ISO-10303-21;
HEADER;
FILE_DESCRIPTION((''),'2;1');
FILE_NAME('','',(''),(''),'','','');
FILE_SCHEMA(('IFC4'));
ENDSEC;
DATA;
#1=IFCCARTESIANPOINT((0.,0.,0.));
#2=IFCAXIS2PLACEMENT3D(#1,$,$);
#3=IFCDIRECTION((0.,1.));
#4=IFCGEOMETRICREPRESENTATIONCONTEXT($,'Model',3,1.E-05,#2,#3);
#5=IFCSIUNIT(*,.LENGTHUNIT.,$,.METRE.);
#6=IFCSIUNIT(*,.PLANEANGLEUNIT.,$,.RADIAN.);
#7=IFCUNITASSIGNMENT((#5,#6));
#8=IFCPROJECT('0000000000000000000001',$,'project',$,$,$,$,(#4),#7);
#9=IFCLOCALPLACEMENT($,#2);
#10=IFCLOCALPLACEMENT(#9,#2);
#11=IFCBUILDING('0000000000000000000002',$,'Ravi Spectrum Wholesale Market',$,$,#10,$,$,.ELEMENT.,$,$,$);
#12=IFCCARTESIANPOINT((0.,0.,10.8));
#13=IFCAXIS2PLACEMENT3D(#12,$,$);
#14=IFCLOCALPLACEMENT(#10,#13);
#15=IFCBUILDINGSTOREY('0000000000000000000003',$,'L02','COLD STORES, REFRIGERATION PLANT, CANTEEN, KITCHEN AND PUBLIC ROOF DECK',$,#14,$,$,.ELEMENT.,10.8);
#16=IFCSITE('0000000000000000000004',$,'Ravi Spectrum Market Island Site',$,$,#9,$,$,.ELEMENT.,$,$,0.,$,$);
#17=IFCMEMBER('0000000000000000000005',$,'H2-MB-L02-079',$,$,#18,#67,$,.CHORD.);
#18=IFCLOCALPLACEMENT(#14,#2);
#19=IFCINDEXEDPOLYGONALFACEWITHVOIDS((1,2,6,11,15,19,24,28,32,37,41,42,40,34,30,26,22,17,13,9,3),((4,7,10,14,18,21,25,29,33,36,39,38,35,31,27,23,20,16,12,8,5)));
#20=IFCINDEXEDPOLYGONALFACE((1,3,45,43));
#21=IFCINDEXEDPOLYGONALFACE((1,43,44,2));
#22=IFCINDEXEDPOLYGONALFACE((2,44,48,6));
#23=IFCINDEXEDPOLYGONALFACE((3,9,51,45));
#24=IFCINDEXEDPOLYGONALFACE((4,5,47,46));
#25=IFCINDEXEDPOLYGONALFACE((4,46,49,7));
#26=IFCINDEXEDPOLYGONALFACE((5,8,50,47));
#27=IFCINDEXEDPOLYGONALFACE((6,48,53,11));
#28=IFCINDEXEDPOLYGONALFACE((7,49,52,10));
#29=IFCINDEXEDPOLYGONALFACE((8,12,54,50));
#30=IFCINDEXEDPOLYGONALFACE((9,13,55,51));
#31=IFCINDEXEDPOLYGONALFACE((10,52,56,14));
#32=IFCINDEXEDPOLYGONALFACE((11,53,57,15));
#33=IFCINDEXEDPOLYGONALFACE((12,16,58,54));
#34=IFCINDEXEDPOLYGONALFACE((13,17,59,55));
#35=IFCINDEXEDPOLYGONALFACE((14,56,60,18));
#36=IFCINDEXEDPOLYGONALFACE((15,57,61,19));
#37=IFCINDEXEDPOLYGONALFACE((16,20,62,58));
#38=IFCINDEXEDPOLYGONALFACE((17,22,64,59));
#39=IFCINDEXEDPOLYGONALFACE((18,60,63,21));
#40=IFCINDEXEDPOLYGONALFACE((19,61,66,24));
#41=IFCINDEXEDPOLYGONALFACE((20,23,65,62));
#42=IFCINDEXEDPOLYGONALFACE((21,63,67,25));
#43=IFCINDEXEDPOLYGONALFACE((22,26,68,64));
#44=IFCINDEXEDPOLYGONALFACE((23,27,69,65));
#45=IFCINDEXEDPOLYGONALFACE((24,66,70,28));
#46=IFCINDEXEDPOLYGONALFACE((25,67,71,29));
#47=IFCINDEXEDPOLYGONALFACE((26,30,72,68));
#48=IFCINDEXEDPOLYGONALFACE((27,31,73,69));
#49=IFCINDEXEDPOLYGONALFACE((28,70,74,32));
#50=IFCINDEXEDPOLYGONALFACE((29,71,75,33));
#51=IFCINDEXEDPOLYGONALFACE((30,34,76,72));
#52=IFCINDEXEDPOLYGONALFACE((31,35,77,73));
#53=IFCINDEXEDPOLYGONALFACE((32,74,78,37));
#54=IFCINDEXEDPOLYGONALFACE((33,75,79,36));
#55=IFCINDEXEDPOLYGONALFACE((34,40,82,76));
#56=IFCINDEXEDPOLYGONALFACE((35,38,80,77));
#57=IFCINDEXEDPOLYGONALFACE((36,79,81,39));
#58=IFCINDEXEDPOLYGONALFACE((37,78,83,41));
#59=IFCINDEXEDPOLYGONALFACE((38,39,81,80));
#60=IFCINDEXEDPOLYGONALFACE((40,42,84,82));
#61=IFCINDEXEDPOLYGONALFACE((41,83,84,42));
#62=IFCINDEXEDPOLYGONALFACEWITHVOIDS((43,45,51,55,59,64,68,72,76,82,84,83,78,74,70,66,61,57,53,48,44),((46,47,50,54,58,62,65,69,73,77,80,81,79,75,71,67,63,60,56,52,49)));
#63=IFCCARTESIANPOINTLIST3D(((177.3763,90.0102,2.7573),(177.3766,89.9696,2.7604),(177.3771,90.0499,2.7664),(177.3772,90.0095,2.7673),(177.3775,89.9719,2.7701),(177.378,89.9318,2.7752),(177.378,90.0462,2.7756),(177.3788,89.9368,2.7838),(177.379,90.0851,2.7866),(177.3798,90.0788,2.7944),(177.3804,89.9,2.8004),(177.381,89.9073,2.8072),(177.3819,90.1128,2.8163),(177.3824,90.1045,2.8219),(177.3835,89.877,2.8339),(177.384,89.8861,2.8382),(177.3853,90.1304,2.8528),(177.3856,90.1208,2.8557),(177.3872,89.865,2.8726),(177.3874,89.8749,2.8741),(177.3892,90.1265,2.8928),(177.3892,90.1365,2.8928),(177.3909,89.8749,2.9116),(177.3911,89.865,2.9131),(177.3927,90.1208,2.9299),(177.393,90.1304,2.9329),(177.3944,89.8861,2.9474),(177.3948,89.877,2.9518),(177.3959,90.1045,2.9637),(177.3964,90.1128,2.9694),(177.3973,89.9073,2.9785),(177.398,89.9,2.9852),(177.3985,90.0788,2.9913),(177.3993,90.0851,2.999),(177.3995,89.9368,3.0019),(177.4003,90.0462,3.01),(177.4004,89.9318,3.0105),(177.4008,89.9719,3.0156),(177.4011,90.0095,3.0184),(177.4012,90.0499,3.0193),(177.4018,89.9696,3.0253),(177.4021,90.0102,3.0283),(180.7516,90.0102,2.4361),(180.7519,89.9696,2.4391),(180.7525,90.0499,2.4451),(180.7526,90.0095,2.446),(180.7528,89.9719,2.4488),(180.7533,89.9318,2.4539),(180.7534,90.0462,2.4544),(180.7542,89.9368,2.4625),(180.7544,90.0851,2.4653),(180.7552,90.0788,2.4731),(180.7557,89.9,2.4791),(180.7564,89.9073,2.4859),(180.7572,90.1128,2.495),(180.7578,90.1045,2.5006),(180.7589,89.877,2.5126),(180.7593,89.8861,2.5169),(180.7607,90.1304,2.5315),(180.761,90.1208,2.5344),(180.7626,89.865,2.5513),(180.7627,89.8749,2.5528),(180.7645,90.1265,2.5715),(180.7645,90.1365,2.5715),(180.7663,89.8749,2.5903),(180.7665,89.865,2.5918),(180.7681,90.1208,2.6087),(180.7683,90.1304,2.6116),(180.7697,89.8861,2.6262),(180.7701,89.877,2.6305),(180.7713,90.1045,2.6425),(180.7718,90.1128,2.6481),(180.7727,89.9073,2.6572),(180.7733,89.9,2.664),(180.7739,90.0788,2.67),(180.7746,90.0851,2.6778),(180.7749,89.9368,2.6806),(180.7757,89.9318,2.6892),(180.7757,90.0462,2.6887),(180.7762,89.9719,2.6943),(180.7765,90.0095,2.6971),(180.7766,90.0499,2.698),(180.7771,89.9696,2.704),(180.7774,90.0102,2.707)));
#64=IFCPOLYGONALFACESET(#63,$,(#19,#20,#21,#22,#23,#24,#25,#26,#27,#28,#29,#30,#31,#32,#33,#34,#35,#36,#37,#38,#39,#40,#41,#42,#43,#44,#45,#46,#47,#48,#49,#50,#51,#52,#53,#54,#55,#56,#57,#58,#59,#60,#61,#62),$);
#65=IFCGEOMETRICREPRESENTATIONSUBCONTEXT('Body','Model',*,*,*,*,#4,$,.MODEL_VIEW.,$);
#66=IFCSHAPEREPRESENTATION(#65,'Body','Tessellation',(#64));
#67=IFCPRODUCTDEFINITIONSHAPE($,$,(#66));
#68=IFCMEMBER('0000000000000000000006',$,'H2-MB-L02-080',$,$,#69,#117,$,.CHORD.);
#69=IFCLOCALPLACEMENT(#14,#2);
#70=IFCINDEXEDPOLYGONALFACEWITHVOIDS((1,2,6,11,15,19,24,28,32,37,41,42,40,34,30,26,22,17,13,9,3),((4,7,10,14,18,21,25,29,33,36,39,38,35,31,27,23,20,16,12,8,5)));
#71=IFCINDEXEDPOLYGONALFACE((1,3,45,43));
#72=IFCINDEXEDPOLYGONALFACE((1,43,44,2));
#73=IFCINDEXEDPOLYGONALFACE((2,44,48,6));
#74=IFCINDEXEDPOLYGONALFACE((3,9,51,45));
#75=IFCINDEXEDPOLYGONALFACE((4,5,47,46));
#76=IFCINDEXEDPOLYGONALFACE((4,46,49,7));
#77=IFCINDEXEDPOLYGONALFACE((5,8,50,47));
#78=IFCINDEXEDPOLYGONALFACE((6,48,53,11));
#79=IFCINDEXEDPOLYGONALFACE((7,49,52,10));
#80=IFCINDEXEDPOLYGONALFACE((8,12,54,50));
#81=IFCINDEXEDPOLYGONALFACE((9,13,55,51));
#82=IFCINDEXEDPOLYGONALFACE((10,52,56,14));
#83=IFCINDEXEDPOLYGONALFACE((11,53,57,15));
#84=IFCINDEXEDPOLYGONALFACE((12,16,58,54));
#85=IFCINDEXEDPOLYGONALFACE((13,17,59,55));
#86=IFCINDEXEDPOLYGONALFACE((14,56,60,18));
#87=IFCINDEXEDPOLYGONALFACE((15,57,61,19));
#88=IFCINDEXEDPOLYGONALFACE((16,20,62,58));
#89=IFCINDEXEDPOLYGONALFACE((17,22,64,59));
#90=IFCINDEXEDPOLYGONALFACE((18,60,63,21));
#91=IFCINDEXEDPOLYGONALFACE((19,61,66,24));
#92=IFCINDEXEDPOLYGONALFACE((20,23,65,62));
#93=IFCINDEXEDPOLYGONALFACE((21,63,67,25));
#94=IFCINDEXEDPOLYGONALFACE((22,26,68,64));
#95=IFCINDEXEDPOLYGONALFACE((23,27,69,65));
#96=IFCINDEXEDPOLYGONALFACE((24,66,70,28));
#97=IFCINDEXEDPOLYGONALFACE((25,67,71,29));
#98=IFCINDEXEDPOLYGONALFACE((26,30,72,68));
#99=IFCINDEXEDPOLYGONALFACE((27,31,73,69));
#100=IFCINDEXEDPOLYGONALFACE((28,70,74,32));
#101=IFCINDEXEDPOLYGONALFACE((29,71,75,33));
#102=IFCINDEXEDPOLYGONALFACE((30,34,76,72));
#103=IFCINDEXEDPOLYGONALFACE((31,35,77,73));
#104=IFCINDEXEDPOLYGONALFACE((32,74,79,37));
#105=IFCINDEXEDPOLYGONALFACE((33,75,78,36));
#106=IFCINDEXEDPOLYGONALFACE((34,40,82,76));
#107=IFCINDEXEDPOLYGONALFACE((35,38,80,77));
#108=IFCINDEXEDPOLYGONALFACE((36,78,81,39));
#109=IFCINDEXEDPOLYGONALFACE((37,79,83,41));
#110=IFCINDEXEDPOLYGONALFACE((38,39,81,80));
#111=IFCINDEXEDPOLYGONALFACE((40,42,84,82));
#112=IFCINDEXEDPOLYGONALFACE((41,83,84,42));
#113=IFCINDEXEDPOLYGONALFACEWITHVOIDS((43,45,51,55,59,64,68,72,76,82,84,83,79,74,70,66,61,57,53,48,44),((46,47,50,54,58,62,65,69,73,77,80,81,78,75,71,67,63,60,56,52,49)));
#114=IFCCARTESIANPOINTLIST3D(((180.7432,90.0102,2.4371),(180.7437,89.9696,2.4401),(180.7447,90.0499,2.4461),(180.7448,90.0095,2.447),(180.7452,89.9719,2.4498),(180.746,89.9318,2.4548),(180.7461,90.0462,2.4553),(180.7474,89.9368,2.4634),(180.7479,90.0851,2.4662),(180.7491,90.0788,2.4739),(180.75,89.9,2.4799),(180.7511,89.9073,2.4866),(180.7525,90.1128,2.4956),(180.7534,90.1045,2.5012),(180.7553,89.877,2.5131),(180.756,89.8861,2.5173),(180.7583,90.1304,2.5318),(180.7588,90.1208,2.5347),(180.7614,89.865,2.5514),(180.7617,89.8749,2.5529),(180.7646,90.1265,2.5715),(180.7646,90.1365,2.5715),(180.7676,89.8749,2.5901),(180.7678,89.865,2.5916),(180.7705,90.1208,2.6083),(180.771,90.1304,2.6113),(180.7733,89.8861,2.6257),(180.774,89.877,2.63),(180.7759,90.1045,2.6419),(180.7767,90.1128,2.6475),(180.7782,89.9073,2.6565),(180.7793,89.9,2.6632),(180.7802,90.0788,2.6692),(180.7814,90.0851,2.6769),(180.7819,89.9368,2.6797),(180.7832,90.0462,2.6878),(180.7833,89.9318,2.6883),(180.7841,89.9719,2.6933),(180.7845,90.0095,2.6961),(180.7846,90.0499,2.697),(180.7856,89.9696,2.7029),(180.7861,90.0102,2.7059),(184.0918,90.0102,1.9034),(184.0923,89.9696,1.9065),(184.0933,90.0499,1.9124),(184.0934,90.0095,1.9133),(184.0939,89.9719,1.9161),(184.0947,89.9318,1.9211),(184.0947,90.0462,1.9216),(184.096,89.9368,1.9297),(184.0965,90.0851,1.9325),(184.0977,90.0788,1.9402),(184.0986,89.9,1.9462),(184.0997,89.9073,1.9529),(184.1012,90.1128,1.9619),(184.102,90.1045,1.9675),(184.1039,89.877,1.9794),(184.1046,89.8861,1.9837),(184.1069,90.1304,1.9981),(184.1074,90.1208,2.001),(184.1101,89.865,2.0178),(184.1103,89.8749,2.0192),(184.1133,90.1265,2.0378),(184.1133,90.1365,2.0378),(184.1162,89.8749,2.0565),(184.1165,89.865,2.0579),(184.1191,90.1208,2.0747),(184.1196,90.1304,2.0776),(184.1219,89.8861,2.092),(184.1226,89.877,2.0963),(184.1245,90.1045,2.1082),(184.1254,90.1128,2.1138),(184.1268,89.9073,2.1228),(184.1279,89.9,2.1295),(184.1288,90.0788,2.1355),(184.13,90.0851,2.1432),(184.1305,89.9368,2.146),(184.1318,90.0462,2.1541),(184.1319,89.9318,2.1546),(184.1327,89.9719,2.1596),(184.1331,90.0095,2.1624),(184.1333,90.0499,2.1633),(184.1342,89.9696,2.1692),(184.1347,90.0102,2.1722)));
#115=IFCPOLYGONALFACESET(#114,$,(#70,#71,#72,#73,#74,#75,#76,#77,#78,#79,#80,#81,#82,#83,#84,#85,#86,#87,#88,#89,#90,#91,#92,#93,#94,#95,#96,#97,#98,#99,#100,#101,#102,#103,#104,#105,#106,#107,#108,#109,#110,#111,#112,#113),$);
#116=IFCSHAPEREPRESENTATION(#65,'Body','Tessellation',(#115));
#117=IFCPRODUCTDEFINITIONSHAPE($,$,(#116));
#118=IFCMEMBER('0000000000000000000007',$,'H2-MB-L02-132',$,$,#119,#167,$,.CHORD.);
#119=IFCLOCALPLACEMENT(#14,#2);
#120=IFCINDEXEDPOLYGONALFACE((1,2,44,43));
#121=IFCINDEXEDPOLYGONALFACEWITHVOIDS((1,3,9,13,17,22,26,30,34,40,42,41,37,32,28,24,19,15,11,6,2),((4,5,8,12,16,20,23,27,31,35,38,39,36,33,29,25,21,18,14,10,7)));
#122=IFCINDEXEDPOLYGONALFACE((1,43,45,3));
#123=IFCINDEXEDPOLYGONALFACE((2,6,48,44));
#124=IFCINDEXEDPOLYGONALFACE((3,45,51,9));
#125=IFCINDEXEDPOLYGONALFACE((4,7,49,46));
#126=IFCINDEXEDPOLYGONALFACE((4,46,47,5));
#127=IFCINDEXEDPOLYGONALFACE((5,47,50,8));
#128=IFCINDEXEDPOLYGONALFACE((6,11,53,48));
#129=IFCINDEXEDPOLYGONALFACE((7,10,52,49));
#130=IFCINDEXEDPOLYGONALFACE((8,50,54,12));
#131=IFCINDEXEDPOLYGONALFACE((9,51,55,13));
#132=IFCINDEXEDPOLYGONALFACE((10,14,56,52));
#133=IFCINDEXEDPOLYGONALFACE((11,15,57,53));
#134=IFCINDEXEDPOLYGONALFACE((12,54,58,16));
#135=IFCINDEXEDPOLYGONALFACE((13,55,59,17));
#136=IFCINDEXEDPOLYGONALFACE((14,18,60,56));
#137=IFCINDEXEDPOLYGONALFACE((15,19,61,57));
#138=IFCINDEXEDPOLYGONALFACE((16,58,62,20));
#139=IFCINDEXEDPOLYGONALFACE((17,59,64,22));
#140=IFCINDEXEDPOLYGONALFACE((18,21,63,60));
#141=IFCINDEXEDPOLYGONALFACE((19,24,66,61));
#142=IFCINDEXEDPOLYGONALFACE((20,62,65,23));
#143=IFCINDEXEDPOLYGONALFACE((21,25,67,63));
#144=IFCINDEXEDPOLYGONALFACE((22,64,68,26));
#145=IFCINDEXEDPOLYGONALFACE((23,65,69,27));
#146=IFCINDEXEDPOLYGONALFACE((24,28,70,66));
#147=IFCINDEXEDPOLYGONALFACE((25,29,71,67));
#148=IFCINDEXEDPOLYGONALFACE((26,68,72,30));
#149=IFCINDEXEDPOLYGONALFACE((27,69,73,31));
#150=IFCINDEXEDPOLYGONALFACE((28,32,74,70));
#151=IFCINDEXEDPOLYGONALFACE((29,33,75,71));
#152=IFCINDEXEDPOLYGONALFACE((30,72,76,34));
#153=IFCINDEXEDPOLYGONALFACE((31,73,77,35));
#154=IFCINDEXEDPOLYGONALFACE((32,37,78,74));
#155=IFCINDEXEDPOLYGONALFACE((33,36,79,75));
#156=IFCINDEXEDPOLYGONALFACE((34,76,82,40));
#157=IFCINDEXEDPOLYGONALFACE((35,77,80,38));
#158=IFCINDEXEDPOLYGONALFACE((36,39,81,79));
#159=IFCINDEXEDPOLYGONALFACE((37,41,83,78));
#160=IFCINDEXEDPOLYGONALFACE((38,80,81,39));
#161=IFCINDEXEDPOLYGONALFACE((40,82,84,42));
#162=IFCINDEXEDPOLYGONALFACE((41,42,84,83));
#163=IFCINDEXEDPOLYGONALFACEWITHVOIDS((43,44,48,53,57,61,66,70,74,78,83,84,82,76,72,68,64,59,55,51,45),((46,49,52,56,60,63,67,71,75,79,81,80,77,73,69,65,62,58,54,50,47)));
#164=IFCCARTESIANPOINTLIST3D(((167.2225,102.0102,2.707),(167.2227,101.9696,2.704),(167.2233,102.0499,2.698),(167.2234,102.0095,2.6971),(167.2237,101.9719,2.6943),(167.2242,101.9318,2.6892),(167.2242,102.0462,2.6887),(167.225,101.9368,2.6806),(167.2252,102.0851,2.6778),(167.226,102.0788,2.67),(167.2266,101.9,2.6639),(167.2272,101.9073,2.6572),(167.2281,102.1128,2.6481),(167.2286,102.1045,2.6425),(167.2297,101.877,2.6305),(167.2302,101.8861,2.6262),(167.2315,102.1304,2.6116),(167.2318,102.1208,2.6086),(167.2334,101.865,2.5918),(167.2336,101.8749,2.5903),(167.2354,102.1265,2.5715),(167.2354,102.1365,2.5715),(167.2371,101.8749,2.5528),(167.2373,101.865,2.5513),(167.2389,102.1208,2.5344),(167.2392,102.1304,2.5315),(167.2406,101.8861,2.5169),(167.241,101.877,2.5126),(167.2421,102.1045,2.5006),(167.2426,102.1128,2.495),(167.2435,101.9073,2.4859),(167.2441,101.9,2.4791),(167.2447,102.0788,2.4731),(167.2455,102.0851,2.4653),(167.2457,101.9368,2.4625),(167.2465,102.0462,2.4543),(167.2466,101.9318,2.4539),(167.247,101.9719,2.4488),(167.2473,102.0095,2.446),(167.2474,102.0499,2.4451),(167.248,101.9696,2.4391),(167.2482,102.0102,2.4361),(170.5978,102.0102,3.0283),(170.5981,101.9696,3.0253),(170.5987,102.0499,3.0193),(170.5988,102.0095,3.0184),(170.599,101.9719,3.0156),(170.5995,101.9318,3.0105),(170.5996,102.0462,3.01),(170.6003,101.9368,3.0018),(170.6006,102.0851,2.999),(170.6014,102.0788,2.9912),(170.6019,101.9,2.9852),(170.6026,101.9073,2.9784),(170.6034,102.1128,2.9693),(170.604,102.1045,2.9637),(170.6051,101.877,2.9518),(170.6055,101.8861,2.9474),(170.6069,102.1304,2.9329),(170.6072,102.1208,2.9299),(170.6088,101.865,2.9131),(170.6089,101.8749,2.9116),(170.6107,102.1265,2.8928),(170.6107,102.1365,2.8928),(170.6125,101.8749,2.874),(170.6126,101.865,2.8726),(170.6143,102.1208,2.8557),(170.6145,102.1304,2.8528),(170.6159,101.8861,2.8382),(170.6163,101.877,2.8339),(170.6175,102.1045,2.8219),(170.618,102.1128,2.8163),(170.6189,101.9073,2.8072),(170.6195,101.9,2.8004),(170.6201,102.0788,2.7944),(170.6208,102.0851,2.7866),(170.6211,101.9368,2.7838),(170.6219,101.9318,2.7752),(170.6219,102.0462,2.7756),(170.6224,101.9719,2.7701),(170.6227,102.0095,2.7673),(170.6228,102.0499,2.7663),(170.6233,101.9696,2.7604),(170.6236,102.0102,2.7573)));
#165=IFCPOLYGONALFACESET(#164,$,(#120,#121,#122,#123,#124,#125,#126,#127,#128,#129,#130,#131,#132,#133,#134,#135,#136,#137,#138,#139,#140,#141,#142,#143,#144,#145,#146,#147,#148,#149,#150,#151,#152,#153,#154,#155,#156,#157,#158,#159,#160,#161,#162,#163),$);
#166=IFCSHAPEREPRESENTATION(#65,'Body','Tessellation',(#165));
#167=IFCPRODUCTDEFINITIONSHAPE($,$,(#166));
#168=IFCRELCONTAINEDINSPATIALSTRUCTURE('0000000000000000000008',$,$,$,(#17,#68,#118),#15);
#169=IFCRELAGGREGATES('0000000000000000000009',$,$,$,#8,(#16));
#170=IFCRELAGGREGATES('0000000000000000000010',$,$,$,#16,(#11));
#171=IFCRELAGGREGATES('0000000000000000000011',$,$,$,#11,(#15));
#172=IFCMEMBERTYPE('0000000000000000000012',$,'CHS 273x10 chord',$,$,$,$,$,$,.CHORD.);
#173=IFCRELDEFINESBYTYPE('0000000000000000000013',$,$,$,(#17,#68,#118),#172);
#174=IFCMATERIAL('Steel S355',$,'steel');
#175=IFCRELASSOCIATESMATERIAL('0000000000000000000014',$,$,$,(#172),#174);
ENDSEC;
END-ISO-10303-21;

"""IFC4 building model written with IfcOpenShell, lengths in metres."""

from ifc_helpers import new_model, si_unit, direction, frame, origin, origin_2d, place, context, subcontext, project, spatial, hollow_circle, extrude, material, material_profile, profile_set, type_object, element, save


model = new_model("IFC4")

# Units and contexts
model_context = context("Model", 3, precision=1e-05, world=origin(), true_north=direction((0.0, 1.0)))
body_context = subcontext(model_context, "Body", "Model", "MODEL_VIEW")
ifc_project = project(units=[si_unit("LENGTHUNIT", "METRE"), si_unit("PLANEANGLEUNIT", "RADIAN")], contexts=[model_context])

# Site, building, storey
site_placement = place(None, origin())
site = spatial("IfcSite", under=ifc_project, at=site_placement, Name="Ravi Spectrum Market Island Site", CompositionType="ELEMENT", RefElevation=0.0)
building_placement = place(site_placement, origin())
building = spatial("IfcBuilding", under=site, at=building_placement, Name="Ravi Spectrum Wholesale Market", CompositionType="ELEMENT")
storey_placement = place(building_placement, frame((0.0, 0.0, 10.8)))
storey = spatial("IfcBuildingStorey", under=building, at=storey_placement, Name="L02", Description="COLD STORES, REFRIGERATION PLANT, CANTEEN, KITCHEN AND PUBLIC ROOF DECK", CompositionType="ELEMENT", Elevation=10.8)

# Members
ifc_material_1 = material(Name="Steel S355", Category="steel")
ifc_material_profile_1 = material_profile(ifc_material_1, hollow_circle(Radius=0.1365, WallThickness=0.01, at=origin_2d()))
ifc_profile_set_1 = profile_set([ifc_material_profile_1], Name="Steel S355")
member_type_1 = type_object("IfcMemberType", Name="CHS 273x10 chord", PredefinedType="CHORD", material=ifc_profile_set_1)
member_1_placement = place(storey_placement, frame((177.3892, 90.0, 2.8928), z_axis=(0.995501, 0.0, -0.094755), x_axis=(0.0, 1.0, 0.0)))
element("IfcMember", 1, at=member_1_placement, inside=storey, type_object=member_type_1, Name="H2-MB-L02-079", PredefinedType="CHORD", context=body_context, shape_type="SweptSolid", body=[
    extrude(hollow_circle(Radius=0.1365, WallThickness=0.01, at=origin_2d()), origin(), (0.0, 0.0, 1.0), 3.3906),
])
member_2_placement = place(storey_placement, frame((180.7646, 90.0, 2.5715), z_axis=(0.987537, 0.0, -0.15739), x_axis=(0.0, 1.0, 0.0)))
element("IfcMember", 2, at=member_2_placement, inside=storey, type_object=member_type_1, Name="H2-MB-L02-080", PredefinedType="CHORD", context=body_context, shape_type="SweptSolid", body=[
    extrude(hollow_circle(Radius=0.1365, WallThickness=0.01, at=origin_2d()), origin(), (0.0, 0.0, 1.0), 3.3909),
])
member_3_placement = place(storey_placement, frame((167.2354, 102.0, 2.5715), z_axis=(0.995501, 0.0, 0.094755), x_axis=(0.0, 1.0, 0.0)))
element("IfcMember", 3, at=member_3_placement, inside=storey, type_object=member_type_1, Name="H2-MB-L02-132", PredefinedType="CHORD", context=body_context, shape_type="SweptSolid", body=[
    extrude(hollow_circle(Radius=0.1365, WallThickness=0.01, at=origin_2d()), origin(), (0.0, 0.0, 1.0), 3.3906),
])

save(model, "model.ifc")
